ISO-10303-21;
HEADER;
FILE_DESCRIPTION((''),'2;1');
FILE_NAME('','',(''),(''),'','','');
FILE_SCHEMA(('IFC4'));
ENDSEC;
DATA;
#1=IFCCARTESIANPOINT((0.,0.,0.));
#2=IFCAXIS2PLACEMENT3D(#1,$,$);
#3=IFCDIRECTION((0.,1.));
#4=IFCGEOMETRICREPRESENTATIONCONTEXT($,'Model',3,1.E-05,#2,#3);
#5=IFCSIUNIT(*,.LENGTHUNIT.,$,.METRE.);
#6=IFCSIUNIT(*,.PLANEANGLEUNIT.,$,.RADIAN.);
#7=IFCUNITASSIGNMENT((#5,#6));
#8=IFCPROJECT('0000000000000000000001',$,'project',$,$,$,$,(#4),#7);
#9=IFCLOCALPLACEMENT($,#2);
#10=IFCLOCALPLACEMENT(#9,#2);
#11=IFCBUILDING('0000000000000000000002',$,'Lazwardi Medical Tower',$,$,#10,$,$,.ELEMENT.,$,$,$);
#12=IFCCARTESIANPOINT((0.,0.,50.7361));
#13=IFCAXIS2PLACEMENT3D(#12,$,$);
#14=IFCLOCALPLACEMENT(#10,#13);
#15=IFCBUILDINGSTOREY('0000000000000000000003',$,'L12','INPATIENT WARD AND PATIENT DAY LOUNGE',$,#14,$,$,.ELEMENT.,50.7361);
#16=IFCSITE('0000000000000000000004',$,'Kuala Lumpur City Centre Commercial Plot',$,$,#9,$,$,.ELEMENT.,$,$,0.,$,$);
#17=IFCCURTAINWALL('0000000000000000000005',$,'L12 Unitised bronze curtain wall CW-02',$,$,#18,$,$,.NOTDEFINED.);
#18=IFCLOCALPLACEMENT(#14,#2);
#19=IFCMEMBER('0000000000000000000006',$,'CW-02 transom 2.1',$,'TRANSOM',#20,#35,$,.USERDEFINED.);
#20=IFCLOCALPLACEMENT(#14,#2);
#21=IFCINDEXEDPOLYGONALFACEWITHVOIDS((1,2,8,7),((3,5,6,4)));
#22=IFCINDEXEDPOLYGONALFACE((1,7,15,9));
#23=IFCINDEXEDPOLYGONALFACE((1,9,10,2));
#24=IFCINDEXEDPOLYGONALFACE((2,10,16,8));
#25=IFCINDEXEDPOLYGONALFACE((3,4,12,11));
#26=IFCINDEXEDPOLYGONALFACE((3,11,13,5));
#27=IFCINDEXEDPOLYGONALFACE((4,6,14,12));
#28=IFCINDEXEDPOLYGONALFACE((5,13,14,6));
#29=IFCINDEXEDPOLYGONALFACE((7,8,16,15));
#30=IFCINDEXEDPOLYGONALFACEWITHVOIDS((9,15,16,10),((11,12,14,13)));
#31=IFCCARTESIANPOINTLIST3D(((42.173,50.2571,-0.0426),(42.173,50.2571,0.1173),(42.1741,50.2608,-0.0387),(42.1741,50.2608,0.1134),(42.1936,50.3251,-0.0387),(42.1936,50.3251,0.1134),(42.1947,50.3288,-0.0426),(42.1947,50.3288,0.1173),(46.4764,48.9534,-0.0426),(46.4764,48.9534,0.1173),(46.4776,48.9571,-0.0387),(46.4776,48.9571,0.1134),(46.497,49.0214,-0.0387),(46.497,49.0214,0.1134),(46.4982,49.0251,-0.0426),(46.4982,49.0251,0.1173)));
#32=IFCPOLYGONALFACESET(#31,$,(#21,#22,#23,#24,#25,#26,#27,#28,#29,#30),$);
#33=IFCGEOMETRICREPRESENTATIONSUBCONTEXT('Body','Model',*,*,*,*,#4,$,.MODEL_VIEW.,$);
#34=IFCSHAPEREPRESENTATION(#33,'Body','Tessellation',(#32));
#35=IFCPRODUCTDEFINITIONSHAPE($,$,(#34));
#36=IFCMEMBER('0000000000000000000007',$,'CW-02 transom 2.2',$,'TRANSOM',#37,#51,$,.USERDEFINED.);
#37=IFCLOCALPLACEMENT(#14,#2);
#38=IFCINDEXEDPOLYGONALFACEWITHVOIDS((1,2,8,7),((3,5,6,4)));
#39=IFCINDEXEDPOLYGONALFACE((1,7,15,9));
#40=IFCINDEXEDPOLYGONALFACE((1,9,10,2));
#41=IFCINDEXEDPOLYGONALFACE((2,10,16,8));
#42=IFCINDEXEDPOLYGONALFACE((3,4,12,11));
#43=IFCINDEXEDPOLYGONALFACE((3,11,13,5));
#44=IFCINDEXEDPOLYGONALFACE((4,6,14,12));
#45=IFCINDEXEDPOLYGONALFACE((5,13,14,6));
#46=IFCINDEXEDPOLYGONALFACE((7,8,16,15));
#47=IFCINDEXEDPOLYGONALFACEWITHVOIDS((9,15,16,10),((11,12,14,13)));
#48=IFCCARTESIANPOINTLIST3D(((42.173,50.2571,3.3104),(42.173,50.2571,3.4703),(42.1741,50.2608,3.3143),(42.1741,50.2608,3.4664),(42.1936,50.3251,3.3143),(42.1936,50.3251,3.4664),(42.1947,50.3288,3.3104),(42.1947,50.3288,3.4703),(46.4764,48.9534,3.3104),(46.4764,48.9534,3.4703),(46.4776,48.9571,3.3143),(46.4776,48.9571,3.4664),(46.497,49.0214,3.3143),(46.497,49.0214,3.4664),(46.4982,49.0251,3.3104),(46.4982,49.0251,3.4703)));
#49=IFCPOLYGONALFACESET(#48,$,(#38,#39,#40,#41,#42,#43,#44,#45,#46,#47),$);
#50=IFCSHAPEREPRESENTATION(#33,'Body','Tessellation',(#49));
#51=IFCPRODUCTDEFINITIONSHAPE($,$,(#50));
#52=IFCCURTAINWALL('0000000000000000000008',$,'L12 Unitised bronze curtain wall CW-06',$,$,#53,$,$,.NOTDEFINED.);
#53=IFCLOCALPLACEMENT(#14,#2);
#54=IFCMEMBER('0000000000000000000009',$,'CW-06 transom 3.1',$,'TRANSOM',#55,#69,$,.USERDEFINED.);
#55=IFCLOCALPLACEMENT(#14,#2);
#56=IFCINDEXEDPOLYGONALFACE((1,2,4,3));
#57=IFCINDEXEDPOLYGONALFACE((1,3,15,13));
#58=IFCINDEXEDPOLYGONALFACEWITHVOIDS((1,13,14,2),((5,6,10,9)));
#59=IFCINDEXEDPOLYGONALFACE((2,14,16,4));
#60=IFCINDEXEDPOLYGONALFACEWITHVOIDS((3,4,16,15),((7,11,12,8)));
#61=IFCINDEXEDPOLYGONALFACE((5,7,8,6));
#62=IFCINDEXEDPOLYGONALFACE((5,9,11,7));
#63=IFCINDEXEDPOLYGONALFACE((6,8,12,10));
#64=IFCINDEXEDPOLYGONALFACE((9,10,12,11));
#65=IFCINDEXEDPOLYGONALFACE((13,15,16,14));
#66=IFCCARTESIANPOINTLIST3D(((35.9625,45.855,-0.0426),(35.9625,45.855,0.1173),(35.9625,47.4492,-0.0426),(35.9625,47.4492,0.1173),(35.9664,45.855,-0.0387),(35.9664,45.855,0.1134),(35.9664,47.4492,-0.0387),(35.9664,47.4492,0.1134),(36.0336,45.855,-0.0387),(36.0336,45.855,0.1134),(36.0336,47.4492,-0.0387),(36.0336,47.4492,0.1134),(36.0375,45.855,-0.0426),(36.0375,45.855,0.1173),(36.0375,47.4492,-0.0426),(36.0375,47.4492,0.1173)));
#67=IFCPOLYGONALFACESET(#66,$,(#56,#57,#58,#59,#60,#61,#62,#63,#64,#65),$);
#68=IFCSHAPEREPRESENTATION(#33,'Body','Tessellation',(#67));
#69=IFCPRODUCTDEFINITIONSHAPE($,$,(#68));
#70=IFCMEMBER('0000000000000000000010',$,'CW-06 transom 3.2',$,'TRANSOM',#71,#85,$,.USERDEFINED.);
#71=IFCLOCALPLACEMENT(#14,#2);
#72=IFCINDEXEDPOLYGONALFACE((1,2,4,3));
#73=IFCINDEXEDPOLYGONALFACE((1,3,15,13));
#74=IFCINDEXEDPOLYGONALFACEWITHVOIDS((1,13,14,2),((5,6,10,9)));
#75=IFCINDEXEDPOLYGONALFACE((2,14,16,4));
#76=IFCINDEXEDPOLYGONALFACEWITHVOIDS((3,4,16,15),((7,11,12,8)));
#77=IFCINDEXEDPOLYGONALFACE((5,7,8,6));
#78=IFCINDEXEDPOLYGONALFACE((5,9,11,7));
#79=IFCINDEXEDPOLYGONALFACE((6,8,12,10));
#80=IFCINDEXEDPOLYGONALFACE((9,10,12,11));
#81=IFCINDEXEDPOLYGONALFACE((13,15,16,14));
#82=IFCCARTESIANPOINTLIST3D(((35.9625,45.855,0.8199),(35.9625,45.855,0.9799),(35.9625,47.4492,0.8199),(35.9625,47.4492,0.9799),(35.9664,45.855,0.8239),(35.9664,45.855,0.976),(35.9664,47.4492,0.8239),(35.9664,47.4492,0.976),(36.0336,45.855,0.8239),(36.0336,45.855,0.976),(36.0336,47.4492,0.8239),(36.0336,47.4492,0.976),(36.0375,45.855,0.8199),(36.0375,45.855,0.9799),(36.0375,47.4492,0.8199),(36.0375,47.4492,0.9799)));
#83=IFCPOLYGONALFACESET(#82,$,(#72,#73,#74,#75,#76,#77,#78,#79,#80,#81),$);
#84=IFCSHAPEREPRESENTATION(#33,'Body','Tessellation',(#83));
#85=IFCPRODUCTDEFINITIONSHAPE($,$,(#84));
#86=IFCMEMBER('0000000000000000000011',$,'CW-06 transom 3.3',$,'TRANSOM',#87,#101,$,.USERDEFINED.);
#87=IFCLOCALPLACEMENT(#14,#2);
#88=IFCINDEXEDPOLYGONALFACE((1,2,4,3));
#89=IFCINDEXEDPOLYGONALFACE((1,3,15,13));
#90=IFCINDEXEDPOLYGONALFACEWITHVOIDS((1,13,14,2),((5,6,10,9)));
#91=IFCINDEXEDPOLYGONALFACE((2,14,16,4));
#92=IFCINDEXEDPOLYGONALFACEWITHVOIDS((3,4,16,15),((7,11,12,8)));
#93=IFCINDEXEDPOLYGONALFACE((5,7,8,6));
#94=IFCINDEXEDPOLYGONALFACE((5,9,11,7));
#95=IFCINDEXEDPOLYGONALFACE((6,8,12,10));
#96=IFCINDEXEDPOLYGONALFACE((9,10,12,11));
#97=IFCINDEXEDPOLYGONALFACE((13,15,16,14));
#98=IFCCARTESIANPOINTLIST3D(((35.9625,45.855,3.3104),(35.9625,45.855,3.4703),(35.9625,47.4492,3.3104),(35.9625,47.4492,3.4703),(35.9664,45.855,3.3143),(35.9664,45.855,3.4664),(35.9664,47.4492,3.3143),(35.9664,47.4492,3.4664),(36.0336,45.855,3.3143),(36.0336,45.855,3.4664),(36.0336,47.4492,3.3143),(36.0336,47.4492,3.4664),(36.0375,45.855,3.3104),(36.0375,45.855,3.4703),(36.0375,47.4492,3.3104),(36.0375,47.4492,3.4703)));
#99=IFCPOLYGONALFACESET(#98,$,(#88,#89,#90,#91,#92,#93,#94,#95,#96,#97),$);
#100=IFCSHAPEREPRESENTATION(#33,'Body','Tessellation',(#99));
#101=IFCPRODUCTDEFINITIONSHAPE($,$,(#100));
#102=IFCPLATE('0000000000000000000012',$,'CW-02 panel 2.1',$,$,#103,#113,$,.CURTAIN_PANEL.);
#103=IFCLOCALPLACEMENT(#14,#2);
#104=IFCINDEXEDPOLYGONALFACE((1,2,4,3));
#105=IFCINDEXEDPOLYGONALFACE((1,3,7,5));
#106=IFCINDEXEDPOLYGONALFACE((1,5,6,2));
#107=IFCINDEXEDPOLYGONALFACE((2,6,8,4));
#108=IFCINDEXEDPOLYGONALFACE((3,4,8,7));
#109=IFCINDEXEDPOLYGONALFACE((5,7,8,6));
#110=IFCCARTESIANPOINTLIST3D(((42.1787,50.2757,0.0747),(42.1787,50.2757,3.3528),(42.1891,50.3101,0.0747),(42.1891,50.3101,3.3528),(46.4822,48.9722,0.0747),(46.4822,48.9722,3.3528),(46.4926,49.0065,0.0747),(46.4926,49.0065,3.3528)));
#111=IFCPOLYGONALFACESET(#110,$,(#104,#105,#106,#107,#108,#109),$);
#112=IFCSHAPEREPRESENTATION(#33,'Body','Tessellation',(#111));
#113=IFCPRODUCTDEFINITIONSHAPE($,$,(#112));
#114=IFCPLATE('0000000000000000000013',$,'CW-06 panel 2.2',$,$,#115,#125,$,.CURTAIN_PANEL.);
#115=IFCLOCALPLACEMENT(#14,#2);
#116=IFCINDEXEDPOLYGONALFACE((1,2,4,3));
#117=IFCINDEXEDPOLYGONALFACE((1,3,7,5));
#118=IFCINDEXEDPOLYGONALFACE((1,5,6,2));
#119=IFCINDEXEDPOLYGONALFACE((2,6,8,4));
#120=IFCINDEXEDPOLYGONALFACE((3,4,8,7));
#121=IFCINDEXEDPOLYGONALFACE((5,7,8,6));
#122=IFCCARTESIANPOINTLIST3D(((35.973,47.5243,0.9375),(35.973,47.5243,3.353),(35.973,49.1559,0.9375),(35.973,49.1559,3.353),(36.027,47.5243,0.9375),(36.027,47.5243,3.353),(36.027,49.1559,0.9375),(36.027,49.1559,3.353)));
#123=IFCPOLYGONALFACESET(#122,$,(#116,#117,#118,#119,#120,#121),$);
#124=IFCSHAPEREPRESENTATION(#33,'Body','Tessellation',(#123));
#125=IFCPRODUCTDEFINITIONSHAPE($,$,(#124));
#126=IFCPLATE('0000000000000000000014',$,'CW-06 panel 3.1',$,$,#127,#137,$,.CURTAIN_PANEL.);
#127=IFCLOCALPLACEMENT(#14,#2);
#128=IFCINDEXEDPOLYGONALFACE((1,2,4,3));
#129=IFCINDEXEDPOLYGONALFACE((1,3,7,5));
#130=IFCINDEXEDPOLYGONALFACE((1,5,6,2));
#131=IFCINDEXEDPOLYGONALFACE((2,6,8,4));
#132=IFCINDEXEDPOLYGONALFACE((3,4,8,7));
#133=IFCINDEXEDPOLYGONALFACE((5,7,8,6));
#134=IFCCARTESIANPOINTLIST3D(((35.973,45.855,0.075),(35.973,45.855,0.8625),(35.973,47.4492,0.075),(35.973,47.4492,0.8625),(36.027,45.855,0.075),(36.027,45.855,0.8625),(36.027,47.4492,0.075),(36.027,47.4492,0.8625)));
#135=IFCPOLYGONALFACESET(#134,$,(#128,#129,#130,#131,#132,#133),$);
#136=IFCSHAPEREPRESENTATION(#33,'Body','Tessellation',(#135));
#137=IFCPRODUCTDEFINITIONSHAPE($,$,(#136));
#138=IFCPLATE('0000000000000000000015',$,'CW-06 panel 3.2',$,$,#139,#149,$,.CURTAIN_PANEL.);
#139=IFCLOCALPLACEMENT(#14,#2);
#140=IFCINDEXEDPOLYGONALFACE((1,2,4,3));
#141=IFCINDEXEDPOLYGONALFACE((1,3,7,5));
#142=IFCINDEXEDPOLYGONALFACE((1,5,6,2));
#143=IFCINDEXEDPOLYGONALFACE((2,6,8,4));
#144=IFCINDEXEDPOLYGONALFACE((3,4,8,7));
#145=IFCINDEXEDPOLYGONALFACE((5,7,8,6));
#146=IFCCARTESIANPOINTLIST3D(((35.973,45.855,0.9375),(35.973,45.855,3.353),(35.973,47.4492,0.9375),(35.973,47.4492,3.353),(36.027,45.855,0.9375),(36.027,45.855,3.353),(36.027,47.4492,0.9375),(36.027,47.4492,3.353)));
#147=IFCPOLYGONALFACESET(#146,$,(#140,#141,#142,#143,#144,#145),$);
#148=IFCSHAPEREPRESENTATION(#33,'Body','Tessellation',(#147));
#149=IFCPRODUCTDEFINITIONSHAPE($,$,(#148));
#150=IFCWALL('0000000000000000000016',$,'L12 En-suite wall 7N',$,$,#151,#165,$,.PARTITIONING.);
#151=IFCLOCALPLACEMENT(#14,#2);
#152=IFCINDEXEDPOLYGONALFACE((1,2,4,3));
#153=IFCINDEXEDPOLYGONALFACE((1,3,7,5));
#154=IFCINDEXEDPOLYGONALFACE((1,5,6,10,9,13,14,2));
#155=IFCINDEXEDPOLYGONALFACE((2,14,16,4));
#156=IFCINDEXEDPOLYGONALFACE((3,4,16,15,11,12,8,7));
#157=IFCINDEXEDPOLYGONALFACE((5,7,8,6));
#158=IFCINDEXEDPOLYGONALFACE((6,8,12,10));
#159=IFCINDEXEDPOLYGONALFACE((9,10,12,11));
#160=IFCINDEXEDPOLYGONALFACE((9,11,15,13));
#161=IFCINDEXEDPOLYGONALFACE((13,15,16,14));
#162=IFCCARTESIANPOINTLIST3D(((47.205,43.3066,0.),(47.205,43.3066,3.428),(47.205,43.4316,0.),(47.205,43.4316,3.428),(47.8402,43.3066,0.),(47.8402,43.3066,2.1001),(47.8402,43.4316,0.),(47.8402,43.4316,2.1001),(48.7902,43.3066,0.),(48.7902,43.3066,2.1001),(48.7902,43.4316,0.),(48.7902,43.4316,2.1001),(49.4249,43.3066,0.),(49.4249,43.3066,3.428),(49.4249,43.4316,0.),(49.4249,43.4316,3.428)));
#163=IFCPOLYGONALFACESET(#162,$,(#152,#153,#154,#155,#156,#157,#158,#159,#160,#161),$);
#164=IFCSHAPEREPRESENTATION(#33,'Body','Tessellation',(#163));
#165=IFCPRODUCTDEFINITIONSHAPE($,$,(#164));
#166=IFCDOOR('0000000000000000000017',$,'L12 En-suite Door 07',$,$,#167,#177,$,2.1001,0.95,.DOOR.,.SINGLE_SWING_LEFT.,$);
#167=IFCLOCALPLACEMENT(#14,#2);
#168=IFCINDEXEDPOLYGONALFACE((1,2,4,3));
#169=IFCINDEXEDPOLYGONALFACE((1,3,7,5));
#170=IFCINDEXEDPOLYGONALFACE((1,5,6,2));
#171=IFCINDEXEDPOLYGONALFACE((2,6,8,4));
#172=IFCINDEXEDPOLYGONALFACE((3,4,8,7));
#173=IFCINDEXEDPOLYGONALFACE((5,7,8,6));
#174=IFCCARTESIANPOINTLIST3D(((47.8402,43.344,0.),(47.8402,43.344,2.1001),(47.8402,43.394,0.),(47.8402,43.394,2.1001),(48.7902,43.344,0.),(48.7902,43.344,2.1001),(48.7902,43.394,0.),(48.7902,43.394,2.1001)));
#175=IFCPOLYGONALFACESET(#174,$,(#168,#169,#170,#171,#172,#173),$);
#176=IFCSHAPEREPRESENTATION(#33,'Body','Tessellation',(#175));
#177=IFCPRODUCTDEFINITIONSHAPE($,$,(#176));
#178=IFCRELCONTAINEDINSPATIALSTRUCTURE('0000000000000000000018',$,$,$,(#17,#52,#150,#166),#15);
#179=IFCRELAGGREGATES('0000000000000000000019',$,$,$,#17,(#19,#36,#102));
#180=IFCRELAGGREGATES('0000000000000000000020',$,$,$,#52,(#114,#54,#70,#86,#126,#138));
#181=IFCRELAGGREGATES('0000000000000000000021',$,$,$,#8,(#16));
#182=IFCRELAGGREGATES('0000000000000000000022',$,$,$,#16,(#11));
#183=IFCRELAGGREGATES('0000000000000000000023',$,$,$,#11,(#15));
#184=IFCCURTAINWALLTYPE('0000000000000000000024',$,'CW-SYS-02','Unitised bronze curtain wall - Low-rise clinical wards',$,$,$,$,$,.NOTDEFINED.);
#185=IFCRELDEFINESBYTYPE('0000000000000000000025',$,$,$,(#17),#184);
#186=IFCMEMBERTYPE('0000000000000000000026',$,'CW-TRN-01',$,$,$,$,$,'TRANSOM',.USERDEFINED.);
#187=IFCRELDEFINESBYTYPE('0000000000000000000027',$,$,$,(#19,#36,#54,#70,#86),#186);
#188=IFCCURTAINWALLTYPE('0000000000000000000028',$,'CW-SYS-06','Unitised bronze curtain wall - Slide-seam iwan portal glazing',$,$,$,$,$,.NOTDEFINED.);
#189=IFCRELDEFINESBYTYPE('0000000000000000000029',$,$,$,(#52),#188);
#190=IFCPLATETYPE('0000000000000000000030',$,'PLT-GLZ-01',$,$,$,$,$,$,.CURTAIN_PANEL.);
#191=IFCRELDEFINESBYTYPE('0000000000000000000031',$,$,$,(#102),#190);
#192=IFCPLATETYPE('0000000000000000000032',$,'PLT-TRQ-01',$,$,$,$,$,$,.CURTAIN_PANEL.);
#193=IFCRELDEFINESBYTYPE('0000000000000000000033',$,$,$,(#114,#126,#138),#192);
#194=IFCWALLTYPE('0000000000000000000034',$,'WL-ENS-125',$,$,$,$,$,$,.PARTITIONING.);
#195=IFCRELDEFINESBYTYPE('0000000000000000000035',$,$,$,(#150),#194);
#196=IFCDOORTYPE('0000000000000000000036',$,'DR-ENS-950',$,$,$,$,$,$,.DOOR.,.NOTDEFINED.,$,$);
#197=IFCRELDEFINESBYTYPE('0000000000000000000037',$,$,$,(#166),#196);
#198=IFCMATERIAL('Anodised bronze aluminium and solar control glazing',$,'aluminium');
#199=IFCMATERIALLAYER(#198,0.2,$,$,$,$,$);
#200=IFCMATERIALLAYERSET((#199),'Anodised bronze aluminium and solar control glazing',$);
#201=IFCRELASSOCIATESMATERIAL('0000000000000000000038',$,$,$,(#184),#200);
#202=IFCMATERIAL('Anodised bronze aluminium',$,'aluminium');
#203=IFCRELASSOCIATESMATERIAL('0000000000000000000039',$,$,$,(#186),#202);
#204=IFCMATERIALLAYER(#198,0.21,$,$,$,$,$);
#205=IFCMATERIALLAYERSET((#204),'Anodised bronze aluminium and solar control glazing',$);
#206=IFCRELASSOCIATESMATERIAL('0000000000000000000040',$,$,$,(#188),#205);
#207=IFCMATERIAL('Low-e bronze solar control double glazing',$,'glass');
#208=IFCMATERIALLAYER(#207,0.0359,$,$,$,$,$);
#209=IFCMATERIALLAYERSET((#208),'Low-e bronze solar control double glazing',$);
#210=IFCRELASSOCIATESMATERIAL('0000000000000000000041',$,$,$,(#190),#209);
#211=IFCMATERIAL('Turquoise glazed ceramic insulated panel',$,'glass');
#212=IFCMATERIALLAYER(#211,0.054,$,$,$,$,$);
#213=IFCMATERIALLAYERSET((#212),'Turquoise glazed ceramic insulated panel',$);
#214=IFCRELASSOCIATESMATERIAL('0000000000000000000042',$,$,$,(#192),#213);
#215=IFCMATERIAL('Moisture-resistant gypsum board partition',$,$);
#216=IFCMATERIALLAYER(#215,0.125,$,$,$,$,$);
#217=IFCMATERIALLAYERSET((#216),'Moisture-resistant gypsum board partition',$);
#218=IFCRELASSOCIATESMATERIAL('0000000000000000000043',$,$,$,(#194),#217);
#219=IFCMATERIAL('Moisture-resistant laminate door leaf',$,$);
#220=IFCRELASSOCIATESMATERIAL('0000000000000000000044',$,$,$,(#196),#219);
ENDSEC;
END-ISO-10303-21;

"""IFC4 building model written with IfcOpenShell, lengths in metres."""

from ifc_helpers import new_model, si_unit, direction, frame, frame_2d, origin, origin_2d, place, context, subcontext, project, spatial, rectangle, hollow_rectangle, extrude, material, layer, layer_set, material_profile, profile_set, type_object, element, fill, aggregate, save


model = new_model("IFC4")

# Units and contexts
model_context = context("Model", 3, precision=1e-05, world=origin(), true_north=direction((0.0, 1.0)))
body_context = subcontext(model_context, "Body", "Model", "MODEL_VIEW")
ifc_project = project(units=[si_unit("LENGTHUNIT", "METRE"), si_unit("PLANEANGLEUNIT", "RADIAN")], contexts=[model_context])

# Site, building, storey
site_placement = place(None, origin())
site = spatial("IfcSite", under=ifc_project, at=site_placement, Name="Kuala Lumpur City Centre Commercial Plot", CompositionType="ELEMENT", RefElevation=0.0)
building_placement = place(site_placement, origin())
building = spatial("IfcBuilding", under=site, at=building_placement, Name="Lazwardi Medical Tower", CompositionType="ELEMENT")
storey_placement = place(building_placement, frame((0.0, 0.0, 50.7361)))
storey = spatial("IfcBuildingStorey", under=building, at=storey_placement, Name="L12", Description="INPATIENT WARD AND PATIENT DAY LOUNGE", CompositionType="ELEMENT", Elevation=50.7361)

# Curtain walls, members
ifc_material_1 = material(Name="Anodised bronze aluminium and solar control glazing", Category="aluminium")
ifc_layer_1 = layer(ifc_material_1, 0.2)
ifc_layer_set_1 = layer_set([ifc_layer_1], Name="Anodised bronze aluminium and solar control glazing")
curtain_wall_type_1 = type_object("IfcCurtainWallType", Name="CW-SYS-02", Description="Unitised bronze curtain wall - Low-rise clinical wards", PredefinedType="NOTDEFINED", material=ifc_layer_set_1)
curtain_wall_1_placement = place(storey_placement, origin())
curtain_wall_1 = element("IfcCurtainWall", 1, at=curtain_wall_1_placement, inside=storey, type_object=curtain_wall_type_1, Name="L12 Unitised bronze curtain wall CW-02", PredefinedType="NOTDEFINED")
ifc_material_2 = material(Name="Anodised bronze aluminium", Category="aluminium")
ifc_material_profile_1 = material_profile(ifc_material_2, hollow_rectangle(XDim=0.075, YDim=0.1599, WallThickness=0.0039, at=origin_2d()), Name="ALU-TRANSOM 160x75x4")
ifc_profile_set_1 = profile_set([ifc_material_profile_1], Name="Anodised bronze aluminium")
member_type_1 = type_object("IfcMemberType", Name="CW-TRN-01", ElementType="TRANSOM", PredefinedType="USERDEFINED", material=ifc_profile_set_1)
member_1_placement = place(storey_placement, frame((46.4873, 48.9893, 0.0374), z_axis=(-0.957047, 0.289932, 0.0), x_axis=(-0.289932, -0.957047, 0.0)))
member_1 = element("IfcMember", 2, at=member_1_placement, type_object=member_type_1, Name="CW-02 transom 2.1", ObjectType="TRANSOM", PredefinedType="USERDEFINED", context=body_context, shape_type="SweptSolid", body=[
    extrude(hollow_rectangle(XDim=0.075, YDim=0.1599, WallThickness=0.0039, at=origin_2d()), origin(), (0.0, 0.0, 1.0), 4.4966),
])
member_2_placement = place(storey_placement, frame((46.4873, 48.9893, 3.3904), z_axis=(-0.957047, 0.289932, 0.0), x_axis=(-0.289932, -0.957047, 0.0)))
member_2 = element("IfcMember", 3, at=member_2_placement, type_object=member_type_1, Name="CW-02 transom 2.2", ObjectType="TRANSOM", PredefinedType="USERDEFINED", context=body_context, shape_type="SweptSolid", body=[
    extrude(hollow_rectangle(XDim=0.075, YDim=0.1599, WallThickness=0.0039, at=origin_2d()), origin(), (0.0, 0.0, 1.0), 4.4966),
])
ifc_layer_2 = layer(ifc_material_1, 0.21)
ifc_layer_set_2 = layer_set([ifc_layer_2], Name="Anodised bronze aluminium and solar control glazing")
curtain_wall_type_2 = type_object("IfcCurtainWallType", Name="CW-SYS-06", Description="Unitised bronze curtain wall - Slide-seam iwan portal glazing", PredefinedType="NOTDEFINED", material=ifc_layer_set_2)
curtain_wall_2_placement = place(storey_placement, origin())
curtain_wall_2 = element("IfcCurtainWall", 4, at=curtain_wall_2_placement, inside=storey, type_object=curtain_wall_type_2, Name="L12 Unitised bronze curtain wall CW-06", PredefinedType="NOTDEFINED")
member_3_placement = place(storey_placement, frame((36.0, 47.4492, 0.0374), z_axis=(0.0, -1.0, 0.0), x_axis=(1.0, 0.0, 0.0)))
member_3 = element("IfcMember", 5, at=member_3_placement, type_object=member_type_1, Name="CW-06 transom 3.1", ObjectType="TRANSOM", PredefinedType="USERDEFINED", context=body_context, shape_type="SweptSolid", body=[
    extrude(hollow_rectangle(XDim=0.075, YDim=0.1599, WallThickness=0.0039, at=origin_2d()), origin(), (0.0, 0.0, 1.0), 1.5942),
])
member_4_placement = place(storey_placement, frame((36.0, 47.4492, 0.8999), z_axis=(0.0, -1.0, 0.0), x_axis=(1.0, 0.0, 0.0)))
member_4 = element("IfcMember", 6, at=member_4_placement, type_object=member_type_1, Name="CW-06 transom 3.2", ObjectType="TRANSOM", PredefinedType="USERDEFINED", context=body_context, shape_type="SweptSolid", body=[
    extrude(hollow_rectangle(XDim=0.075, YDim=0.1599, WallThickness=0.0039, at=origin_2d()), origin(), (0.0, 0.0, 1.0), 1.5942),
])
member_5_placement = place(storey_placement, frame((36.0, 47.4492, 3.3904), z_axis=(0.0, -1.0, 0.0), x_axis=(1.0, 0.0, 0.0)))
member_5 = element("IfcMember", 7, at=member_5_placement, type_object=member_type_1, Name="CW-06 transom 3.3", ObjectType="TRANSOM", PredefinedType="USERDEFINED", context=body_context, shape_type="SweptSolid", body=[
    extrude(hollow_rectangle(XDim=0.075, YDim=0.1599, WallThickness=0.0039, at=origin_2d()), origin(), (0.0, 0.0, 1.0), 1.5942),
])

# Plates
ifc_material_3 = material(Name="Low-e bronze solar control double glazing", Category="glass")
ifc_layer_3 = layer(ifc_material_3, 0.0359)
ifc_layer_set_3 = layer_set([ifc_layer_3], Name="Low-e bronze solar control double glazing")
plate_type_1 = type_object("IfcPlateType", Name="PLT-GLZ-01", PredefinedType="CURTAIN_PANEL", material=ifc_layer_set_3)
plate_1_placement = place(storey_placement, frame((44.3357, 49.6411, 0.0747), z_axis=(0.0, 0.0, 1.0), x_axis=(-0.957058, 0.289896, 0.0)))
plate_1 = element("IfcPlate", 8, at=plate_1_placement, type_object=plate_type_1, Name="CW-02 panel 2.1", PredefinedType="CURTAIN_PANEL", context=body_context, shape_type="SweptSolid", body=[
    extrude(rectangle(XDim=4.4966, YDim=0.0359, at=origin_2d()), origin(), (0.0, 0.0, 1.0), 3.2781),
])
aggregate(curtain_wall_1, [member_1, member_2, plate_1])
ifc_material_4 = material(Name="Turquoise glazed ceramic insulated panel", Category="glass")
ifc_layer_4 = layer(ifc_material_4, 0.054)
ifc_layer_set_4 = layer_set([ifc_layer_4], Name="Turquoise glazed ceramic insulated panel")
plate_type_2 = type_object("IfcPlateType", Name="PLT-TRQ-01", PredefinedType="CURTAIN_PANEL", material=ifc_layer_set_4)
plate_2_placement = place(storey_placement, frame((36.0, 48.3401, 0.9375), z_axis=(0.0, 0.0, 1.0), x_axis=(0.0, -1.0, 0.0)))
plate_2 = element("IfcPlate", 9, at=plate_2_placement, type_object=plate_type_2, Name="CW-06 panel 2.2", PredefinedType="CURTAIN_PANEL", context=body_context, shape_type="SweptSolid", body=[
    extrude(rectangle(XDim=1.6316, YDim=0.054, at=origin_2d()), origin(), (0.0, 0.0, 1.0), 2.4155),
])
plate_3_placement = place(storey_placement, frame((36.0, 46.6521, 0.075), z_axis=(0.0, 0.0, 1.0), x_axis=(0.0, -1.0, 0.0)))
plate_3 = element("IfcPlate", 10, at=plate_3_placement, type_object=plate_type_2, Name="CW-06 panel 3.1", PredefinedType="CURTAIN_PANEL", context=body_context, shape_type="SweptSolid", body=[
    extrude(rectangle(XDim=1.5942, YDim=0.054, at=origin_2d()), origin(), (0.0, 0.0, 1.0), 0.7876),
])
plate_4_placement = place(storey_placement, frame((36.0, 46.6521, 0.9375), z_axis=(0.0, 0.0, 1.0), x_axis=(0.0, -1.0, 0.0)))
plate_4 = element("IfcPlate", 11, at=plate_4_placement, type_object=plate_type_2, Name="CW-06 panel 3.2", PredefinedType="CURTAIN_PANEL", context=body_context, shape_type="SweptSolid", body=[
    extrude(rectangle(XDim=1.5942, YDim=0.054, at=origin_2d()), origin(), (0.0, 0.0, 1.0), 2.4155),
])
aggregate(curtain_wall_2, [plate_2, member_3, member_4, member_5, plate_3, plate_4])

# Wall, opening, door
ifc_material_5 = material(Name="Moisture-resistant gypsum board partition")
ifc_layer_5 = layer(ifc_material_5, 0.125)
ifc_layer_set_5 = layer_set([ifc_layer_5], Name="Moisture-resistant gypsum board partition")
wall_type_1 = type_object("IfcWallType", Name="WL-ENS-125", PredefinedType="PARTITIONING", material=ifc_layer_set_5)
wall_1_placement = place(storey_placement, frame((47.2051, 43.3691, 0.0), z_axis=(0.0, 0.0, 1.0), x_axis=(1.0, 0.0, 0.0)))
wall_1 = element("IfcWall", 12, at=wall_1_placement, inside=storey, type_object=wall_type_1, Name="L12 En-suite wall 7N", PredefinedType="PARTITIONING", context=body_context, shape_type="SweptSolid", body=[
    extrude(rectangle(XDim=2.22, YDim=0.125, at=frame_2d((1.1099, 0.0))), origin(), (0.0, 0.0, 1.0), 3.428),
])
opening_1_placement = place(wall_1_placement, frame((0.635, 0.0, 0.0)))
opening_1 = element("IfcOpeningElement", 13, at=opening_1_placement, cuts=wall_1, PredefinedType="OPENING", context=body_context, shape_type="SweptSolid", body=[
    extrude(rectangle(XDim=0.95, YDim=2.1001, at=frame_2d((0.4751, 1.05))), frame((0.0, 0.0725, 0.0), z_axis=(0.0, -1.0, 0.0), x_axis=(1.0, 0.0, 0.0)), (0.0, 0.0, 1.0), 0.145),
])
ifc_material_6 = material(Name="Moisture-resistant laminate door leaf")
door_type = type_object("IfcDoorType", Name="DR-ENS-950", OperationType="NOTDEFINED", PredefinedType="DOOR", material=ifc_material_6)
door_1_placement = place(opening_1_placement, origin())
door_1 = element("IfcDoor", 14, at=door_1_placement, inside=storey, type_object=door_type, Name="L12 En-suite Door 07", OperationType="SINGLE_SWING_LEFT", OverallHeight=2.1001, OverallWidth=0.95, PredefinedType="DOOR", context=body_context, shape_type="SweptSolid", body=[
    extrude(rectangle(XDim=0.95, YDim=2.1001, at=frame_2d((0.4751, 1.05))), frame((0.0, 0.0249, 0.0), z_axis=(0.0, -1.0, 0.0), x_axis=(1.0, 0.0, 0.0)), (0.0, 0.0, 1.0), 0.05),
])
fill(opening_1, door_1)

save(model, "model.ifc")
